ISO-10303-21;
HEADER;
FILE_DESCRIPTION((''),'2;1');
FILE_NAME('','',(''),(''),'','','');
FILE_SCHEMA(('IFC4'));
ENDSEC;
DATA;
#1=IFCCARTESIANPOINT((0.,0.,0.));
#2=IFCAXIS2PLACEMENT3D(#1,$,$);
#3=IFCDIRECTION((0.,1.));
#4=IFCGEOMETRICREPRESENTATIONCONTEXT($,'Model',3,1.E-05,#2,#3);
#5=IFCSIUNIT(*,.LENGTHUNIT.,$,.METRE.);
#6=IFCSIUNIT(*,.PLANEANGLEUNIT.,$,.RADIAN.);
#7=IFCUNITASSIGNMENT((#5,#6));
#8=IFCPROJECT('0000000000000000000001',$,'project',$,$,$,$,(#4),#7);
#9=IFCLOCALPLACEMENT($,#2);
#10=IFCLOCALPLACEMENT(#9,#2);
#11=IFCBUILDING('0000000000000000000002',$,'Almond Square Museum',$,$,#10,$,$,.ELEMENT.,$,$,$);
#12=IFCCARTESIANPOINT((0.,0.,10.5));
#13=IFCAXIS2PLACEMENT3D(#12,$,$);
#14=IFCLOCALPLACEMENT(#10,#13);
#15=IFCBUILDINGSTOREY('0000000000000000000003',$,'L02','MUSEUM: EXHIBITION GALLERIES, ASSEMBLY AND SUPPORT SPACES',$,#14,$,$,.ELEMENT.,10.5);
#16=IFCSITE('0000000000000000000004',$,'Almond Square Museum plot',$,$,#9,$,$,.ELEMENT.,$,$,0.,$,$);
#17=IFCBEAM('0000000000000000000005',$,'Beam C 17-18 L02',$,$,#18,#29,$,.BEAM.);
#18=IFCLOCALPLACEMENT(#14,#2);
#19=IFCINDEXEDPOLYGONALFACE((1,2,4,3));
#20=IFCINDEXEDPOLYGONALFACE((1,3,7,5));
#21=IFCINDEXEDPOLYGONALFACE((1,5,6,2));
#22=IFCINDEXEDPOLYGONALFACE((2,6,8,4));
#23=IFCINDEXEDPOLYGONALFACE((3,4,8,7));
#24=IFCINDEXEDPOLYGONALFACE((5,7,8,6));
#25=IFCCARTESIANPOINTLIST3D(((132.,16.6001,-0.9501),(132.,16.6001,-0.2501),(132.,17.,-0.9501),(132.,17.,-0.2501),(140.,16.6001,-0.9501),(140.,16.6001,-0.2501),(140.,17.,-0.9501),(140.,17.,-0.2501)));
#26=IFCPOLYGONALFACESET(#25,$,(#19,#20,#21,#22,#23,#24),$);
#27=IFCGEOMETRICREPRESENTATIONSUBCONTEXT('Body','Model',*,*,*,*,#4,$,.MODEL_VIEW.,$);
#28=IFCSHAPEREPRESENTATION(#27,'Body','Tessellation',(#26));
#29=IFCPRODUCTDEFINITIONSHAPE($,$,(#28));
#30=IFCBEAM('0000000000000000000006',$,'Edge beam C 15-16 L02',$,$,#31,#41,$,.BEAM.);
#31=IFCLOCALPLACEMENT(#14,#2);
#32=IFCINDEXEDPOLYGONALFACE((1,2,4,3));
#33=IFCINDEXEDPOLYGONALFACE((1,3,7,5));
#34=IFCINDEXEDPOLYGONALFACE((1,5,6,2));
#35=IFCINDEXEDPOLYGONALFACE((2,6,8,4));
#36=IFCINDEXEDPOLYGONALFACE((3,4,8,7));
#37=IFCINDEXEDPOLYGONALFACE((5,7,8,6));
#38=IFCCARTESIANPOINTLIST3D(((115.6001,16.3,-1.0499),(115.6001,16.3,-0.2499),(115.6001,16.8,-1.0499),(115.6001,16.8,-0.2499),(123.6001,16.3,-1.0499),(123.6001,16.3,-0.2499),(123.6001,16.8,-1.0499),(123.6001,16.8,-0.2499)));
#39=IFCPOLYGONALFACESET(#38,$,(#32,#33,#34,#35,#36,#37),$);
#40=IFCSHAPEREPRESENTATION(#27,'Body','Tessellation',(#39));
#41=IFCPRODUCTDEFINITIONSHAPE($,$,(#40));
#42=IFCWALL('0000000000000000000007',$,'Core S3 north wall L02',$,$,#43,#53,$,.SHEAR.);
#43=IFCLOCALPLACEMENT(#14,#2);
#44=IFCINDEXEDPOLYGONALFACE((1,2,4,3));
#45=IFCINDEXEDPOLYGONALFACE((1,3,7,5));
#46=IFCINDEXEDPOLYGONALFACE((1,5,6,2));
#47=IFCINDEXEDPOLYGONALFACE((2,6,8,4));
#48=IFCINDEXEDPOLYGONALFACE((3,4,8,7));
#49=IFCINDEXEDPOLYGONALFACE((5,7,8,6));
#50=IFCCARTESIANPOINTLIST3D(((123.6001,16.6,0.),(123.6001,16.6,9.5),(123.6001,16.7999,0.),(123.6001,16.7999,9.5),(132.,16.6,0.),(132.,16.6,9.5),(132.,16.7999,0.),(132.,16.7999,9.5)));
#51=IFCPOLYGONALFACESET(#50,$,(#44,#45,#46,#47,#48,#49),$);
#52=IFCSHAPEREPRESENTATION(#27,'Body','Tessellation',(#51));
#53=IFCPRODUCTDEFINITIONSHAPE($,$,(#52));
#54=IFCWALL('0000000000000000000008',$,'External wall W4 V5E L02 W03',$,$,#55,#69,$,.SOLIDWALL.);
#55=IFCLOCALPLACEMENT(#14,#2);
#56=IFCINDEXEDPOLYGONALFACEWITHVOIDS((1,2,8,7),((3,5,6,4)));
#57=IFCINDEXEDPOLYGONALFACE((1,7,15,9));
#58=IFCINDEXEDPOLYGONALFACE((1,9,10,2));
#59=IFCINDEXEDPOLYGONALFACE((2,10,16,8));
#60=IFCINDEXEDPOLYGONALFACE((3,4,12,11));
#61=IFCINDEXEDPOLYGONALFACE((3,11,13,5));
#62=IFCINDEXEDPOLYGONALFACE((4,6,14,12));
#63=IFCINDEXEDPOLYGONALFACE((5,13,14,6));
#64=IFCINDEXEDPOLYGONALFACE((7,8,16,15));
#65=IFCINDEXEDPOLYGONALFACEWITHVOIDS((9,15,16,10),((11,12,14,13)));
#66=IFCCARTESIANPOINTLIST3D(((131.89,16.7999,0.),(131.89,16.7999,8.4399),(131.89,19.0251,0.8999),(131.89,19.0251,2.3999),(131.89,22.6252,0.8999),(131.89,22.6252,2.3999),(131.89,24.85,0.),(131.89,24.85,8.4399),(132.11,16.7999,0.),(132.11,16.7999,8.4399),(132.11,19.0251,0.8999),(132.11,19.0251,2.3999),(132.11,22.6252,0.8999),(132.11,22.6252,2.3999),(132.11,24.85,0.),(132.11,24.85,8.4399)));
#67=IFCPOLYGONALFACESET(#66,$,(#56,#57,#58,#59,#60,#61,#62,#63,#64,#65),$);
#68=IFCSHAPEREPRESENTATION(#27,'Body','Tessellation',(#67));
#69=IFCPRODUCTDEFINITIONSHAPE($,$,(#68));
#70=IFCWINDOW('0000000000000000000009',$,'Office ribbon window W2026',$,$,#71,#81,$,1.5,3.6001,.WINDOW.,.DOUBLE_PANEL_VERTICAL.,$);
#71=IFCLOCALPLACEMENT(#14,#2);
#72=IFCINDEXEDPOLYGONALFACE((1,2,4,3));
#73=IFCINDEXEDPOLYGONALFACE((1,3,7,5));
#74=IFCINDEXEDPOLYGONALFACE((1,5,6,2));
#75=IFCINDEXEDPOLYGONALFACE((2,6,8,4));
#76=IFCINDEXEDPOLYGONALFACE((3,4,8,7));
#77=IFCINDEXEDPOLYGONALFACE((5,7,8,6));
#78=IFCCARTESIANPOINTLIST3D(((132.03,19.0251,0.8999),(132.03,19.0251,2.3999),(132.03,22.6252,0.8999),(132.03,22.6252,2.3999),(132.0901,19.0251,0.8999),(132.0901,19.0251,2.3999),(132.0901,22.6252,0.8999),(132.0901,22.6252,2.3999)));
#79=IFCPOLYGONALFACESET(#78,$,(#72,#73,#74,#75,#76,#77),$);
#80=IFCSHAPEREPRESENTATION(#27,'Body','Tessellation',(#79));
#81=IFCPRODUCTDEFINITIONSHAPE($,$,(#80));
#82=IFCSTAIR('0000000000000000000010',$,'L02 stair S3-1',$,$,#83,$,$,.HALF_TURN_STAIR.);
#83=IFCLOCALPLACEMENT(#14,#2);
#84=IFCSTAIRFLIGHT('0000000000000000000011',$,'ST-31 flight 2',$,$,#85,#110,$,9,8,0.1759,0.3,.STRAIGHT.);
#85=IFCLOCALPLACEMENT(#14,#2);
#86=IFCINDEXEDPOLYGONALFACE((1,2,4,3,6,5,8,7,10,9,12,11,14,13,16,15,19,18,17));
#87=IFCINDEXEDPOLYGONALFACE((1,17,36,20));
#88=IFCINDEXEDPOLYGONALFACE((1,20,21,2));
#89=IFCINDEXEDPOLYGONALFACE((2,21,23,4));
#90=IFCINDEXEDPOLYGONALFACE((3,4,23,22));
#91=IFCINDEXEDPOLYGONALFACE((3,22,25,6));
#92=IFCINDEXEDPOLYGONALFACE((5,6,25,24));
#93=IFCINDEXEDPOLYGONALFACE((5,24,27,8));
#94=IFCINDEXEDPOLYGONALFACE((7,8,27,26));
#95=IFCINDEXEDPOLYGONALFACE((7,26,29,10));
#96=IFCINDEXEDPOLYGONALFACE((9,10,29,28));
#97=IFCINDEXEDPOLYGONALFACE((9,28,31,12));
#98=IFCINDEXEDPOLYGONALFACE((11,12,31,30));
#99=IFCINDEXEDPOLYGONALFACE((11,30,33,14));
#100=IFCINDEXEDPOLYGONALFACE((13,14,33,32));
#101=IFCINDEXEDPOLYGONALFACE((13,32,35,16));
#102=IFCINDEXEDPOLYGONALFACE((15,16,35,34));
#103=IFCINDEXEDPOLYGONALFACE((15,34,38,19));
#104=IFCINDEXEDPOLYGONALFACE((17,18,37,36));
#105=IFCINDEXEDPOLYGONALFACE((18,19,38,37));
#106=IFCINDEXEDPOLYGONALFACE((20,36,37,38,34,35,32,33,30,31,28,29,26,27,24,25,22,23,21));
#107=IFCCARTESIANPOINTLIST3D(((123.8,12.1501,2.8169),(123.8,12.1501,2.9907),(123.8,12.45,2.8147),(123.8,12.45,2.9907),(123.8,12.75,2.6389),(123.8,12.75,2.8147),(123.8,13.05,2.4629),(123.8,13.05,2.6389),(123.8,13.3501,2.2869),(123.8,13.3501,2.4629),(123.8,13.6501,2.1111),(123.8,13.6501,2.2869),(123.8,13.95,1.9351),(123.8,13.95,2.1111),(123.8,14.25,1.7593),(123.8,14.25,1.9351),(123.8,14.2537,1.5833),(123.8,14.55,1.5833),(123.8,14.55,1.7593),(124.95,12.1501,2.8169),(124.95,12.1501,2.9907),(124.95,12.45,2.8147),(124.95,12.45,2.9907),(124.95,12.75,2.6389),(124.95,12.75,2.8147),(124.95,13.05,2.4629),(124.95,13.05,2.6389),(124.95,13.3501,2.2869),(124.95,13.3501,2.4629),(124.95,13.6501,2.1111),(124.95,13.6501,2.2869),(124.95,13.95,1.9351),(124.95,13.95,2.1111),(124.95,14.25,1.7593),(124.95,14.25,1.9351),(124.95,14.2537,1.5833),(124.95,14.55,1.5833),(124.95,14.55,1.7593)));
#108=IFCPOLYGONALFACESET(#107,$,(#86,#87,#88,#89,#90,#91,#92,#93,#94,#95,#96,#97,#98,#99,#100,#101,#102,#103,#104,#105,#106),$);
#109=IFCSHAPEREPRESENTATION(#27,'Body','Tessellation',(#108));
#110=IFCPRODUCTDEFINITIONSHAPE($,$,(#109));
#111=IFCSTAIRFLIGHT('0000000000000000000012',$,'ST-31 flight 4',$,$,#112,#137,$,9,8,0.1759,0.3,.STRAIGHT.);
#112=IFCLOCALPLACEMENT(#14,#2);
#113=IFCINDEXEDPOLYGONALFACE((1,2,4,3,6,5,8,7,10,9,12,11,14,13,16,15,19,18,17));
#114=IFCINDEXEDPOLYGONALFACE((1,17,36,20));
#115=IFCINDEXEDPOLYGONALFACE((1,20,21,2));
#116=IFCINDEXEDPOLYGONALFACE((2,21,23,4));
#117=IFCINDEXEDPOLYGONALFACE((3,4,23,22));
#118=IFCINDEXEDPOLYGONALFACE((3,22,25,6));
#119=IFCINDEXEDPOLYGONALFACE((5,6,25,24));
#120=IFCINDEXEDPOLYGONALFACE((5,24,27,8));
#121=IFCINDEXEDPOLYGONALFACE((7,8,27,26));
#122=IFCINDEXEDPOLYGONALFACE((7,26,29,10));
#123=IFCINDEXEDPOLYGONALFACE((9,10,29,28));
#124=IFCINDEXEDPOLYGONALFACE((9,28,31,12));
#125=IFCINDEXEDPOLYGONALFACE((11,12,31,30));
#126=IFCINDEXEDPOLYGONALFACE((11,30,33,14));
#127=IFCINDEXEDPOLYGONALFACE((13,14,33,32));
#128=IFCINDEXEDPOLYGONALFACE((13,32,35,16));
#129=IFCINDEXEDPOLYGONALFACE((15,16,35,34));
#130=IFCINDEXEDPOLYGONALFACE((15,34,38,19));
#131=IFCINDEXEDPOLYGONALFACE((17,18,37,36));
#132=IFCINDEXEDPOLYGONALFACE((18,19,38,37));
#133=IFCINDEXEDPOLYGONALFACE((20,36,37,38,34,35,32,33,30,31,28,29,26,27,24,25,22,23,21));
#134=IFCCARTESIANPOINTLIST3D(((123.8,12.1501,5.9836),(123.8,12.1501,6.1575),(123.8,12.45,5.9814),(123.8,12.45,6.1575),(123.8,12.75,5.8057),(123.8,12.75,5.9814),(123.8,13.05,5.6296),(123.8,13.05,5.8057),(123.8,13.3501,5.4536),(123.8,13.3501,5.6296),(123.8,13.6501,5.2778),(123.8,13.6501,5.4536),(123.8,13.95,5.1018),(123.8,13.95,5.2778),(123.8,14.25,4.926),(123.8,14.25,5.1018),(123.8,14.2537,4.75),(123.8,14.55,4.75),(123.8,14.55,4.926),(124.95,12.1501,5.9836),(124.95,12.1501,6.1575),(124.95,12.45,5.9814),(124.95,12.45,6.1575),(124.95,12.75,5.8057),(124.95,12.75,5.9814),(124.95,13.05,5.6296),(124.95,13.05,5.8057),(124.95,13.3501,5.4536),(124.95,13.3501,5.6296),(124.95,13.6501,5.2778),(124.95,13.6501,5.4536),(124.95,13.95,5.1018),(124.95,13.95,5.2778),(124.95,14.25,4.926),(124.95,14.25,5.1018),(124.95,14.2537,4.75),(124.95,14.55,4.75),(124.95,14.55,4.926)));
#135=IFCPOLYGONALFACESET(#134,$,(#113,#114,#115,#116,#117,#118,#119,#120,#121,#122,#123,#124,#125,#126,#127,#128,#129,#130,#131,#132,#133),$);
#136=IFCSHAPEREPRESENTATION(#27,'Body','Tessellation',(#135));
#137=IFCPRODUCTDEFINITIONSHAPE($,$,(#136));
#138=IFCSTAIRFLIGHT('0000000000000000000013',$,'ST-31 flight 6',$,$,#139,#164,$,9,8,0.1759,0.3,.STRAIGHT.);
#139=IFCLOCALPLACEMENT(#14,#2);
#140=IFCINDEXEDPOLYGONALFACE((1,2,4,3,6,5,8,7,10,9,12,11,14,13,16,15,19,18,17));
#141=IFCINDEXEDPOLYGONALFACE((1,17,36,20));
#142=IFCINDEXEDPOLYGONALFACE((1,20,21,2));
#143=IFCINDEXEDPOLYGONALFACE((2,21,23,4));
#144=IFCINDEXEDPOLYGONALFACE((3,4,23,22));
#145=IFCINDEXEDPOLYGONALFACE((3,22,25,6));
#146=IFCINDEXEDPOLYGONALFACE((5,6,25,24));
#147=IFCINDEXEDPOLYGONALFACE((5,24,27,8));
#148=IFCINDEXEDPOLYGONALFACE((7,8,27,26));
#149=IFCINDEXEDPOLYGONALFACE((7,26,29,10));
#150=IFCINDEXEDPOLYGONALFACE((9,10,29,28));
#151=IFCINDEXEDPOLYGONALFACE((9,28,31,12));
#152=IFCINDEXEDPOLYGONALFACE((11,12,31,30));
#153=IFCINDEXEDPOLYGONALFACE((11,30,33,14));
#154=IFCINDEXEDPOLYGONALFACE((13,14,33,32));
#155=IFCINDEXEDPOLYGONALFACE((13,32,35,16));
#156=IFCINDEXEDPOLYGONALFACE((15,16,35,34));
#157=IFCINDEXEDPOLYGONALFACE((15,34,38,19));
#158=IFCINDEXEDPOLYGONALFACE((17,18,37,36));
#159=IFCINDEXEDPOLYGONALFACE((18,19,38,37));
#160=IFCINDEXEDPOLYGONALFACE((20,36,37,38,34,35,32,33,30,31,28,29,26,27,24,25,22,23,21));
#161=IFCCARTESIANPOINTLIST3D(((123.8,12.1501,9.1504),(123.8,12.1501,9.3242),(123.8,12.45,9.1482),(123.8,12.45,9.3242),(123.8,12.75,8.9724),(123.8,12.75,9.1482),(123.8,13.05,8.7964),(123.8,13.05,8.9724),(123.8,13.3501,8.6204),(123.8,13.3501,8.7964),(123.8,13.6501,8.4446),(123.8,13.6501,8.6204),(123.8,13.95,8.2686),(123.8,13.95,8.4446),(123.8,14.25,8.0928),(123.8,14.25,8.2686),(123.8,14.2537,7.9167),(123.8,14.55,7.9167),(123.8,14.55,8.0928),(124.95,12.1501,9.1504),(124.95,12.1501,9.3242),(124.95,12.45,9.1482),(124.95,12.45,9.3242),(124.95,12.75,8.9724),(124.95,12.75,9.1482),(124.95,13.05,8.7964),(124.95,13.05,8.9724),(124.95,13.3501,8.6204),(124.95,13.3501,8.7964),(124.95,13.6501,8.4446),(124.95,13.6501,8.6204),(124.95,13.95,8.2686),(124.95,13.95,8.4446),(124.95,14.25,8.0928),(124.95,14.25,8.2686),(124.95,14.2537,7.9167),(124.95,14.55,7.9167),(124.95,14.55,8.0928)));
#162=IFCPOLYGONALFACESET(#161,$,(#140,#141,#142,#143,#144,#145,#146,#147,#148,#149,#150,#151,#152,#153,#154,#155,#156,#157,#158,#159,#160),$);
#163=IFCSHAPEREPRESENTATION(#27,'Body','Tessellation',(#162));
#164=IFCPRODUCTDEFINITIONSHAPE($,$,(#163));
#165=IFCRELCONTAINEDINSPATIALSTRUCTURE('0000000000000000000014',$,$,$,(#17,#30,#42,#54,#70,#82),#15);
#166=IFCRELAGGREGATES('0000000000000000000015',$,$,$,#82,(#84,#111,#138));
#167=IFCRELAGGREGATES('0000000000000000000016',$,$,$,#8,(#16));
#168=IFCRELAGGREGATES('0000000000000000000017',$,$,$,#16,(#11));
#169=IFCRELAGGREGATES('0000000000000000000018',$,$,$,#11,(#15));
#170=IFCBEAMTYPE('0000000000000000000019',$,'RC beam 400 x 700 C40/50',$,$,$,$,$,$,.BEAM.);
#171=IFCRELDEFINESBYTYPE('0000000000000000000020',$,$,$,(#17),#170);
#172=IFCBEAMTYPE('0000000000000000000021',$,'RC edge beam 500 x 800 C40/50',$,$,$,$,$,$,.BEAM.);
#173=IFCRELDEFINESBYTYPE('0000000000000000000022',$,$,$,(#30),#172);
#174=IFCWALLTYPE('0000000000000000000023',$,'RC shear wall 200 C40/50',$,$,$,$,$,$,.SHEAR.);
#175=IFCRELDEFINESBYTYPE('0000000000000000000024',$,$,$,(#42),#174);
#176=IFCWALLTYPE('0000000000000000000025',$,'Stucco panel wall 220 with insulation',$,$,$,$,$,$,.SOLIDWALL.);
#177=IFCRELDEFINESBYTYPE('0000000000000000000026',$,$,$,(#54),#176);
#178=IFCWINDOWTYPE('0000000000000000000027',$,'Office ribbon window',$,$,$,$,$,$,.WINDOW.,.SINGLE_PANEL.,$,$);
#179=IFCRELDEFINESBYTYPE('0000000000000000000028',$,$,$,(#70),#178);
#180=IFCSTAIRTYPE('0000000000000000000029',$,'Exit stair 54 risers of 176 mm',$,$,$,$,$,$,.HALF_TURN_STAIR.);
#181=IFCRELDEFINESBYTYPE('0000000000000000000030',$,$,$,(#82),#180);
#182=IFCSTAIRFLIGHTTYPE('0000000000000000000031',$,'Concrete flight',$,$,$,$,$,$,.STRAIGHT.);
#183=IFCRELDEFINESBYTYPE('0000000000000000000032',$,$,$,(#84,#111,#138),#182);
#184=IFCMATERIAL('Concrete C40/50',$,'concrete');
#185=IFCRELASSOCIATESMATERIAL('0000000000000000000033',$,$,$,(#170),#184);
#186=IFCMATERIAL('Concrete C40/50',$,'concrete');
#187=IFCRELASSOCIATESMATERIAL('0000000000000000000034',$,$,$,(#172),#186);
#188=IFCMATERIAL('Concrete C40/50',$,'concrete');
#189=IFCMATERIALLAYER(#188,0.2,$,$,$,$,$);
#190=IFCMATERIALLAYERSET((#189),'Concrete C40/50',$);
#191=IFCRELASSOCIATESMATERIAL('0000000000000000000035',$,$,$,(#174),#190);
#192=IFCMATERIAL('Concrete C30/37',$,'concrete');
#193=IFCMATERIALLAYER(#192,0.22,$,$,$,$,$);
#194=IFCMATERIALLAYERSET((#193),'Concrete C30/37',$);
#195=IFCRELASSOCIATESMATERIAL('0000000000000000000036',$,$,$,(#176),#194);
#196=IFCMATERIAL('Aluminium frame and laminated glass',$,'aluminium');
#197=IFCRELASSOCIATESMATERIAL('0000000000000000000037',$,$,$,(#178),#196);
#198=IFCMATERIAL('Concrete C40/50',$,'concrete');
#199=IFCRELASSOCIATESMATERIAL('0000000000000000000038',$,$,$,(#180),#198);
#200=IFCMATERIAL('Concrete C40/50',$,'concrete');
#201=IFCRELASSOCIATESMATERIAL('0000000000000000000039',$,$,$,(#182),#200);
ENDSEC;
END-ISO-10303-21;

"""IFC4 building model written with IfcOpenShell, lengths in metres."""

from ifc_helpers import new_model, si_unit, direction, frame, frame_2d, origin, origin_2d, place, context, subcontext, project, spatial, polyline, rectangle, outline, extrude, material, layer, layer_set, material_profile, profile_set, type_object, element, fill, aggregate, save


model = new_model("IFC4")

# Units and contexts
model_context = context("Model", 3, precision=1e-05, world=origin(), true_north=direction((0.0, 1.0)))
body_context = subcontext(model_context, "Body", "Model", "MODEL_VIEW")
ifc_project = project(units=[si_unit("LENGTHUNIT", "METRE"), si_unit("PLANEANGLEUNIT", "RADIAN")], contexts=[model_context])

# Site, building, storey
site_placement = place(None, origin())
site = spatial("IfcSite", under=ifc_project, at=site_placement, Name="Almond Square Museum plot", CompositionType="ELEMENT", RefElevation=0.0)
building_placement = place(site_placement, origin())
building = spatial("IfcBuilding", under=site, at=building_placement, Name="Almond Square Museum", CompositionType="ELEMENT")
storey_placement = place(building_placement, frame((0.0, 0.0, 10.5)))
storey = spatial("IfcBuildingStorey", under=building, at=storey_placement, Name="L02", Description="MUSEUM: EXHIBITION GALLERIES, ASSEMBLY AND SUPPORT SPACES", CompositionType="ELEMENT", Elevation=10.5)

# Beams
ifc_material_1 = material(Name="Concrete C40/50", Category="concrete")
ifc_material_profile_1 = material_profile(ifc_material_1, rectangle(XDim=0.3999, YDim=0.7, at=origin_2d()))
ifc_profile_set_1 = profile_set([ifc_material_profile_1], Name="Concrete C40/50")
beam_type_1 = type_object("IfcBeamType", Name="RC beam 400 x 700 C40/50", PredefinedType="BEAM", material=ifc_profile_set_1)
beam_1_placement = place(storey_placement, frame((132.0, 16.8, -0.6001), z_axis=(1.0, 0.0, 0.0), x_axis=(0.0, 1.0, 0.0)))
element("IfcBeam", 1, at=beam_1_placement, inside=storey, type_object=beam_type_1, Name="Beam C 17-18 L02", PredefinedType="BEAM", context=body_context, shape_type="SweptSolid", body=[
    extrude(rectangle(XDim=0.3999, YDim=0.7, at=origin_2d()), origin(), (0.0, 0.0, 1.0), 8.0),
])
ifc_material_2 = material(Name="Concrete C40/50", Category="concrete")
ifc_material_profile_2 = material_profile(ifc_material_2, rectangle(XDim=0.5, YDim=0.8, at=origin_2d()))
ifc_profile_set_2 = profile_set([ifc_material_profile_2], Name="Concrete C40/50")
beam_type_2 = type_object("IfcBeamType", Name="RC edge beam 500 x 800 C40/50", PredefinedType="BEAM", material=ifc_profile_set_2)
beam_2_placement = place(storey_placement, frame((115.6001, 16.55, -0.6499), z_axis=(1.0, 0.0, 0.0), x_axis=(0.0, 1.0, 0.0)))
element("IfcBeam", 2, at=beam_2_placement, inside=storey, type_object=beam_type_2, Name="Edge beam C 15-16 L02", PredefinedType="BEAM", context=body_context, shape_type="SweptSolid", body=[
    extrude(rectangle(XDim=0.5, YDim=0.8, at=origin_2d()), origin(), (0.0, 0.0, 1.0), 8.0),
])

# Wall
ifc_material_3 = material(Name="Concrete C40/50", Category="concrete")
ifc_layer_1 = layer(ifc_material_3, 0.2)
ifc_layer_set_1 = layer_set([ifc_layer_1], Name="Concrete C40/50")
wall_type_1 = type_object("IfcWallType", Name="RC shear wall 200 C40/50", PredefinedType="SHEAR", material=ifc_layer_set_1)
wall_1_placement = place(storey_placement, frame((123.6001, 16.7, 0.0), z_axis=(0.0, 0.0, 1.0), x_axis=(1.0, 0.0, 0.0)))
element("IfcWall", 3, at=wall_1_placement, inside=storey, type_object=wall_type_1, Name="Core S3 north wall L02", PredefinedType="SHEAR", context=body_context, shape_type="SweptSolid", body=[
    extrude(rectangle(XDim=8.3999, YDim=0.2, at=frame_2d((4.2, 0.0))), origin(), (0.0, 0.0, 1.0), 9.5),
])

# Wall, opening, window
ifc_material_4 = material(Name="Concrete C30/37", Category="concrete")
ifc_layer_2 = layer(ifc_material_4, 0.22)
ifc_layer_set_2 = layer_set([ifc_layer_2], Name="Concrete C30/37")
wall_type_2 = type_object("IfcWallType", Name="Stucco panel wall 220 with insulation", PredefinedType="SOLIDWALL", material=ifc_layer_set_2)
wall_2_placement = place(storey_placement, frame((132.0, 16.8, 0.0), z_axis=(0.0, 0.0, 1.0), x_axis=(0.0, 1.0, 0.0)))
wall_2 = element("IfcWall", 4, at=wall_2_placement, inside=storey, type_object=wall_type_2, Name="External wall W4 V5E L02 W03", PredefinedType="SOLIDWALL", context=body_context, shape_type="SweptSolid", body=[
    extrude(rectangle(XDim=8.05, YDim=0.22, at=frame_2d((4.0249, 0.0))), origin(), (0.0, 0.0, 1.0), 8.4399),
])
opening_placement = place(wall_2_placement, frame((2.2251, 0.0, 0.8999)))
opening = element("IfcOpeningElement", 5, at=opening_placement, cuts=wall_2, PredefinedType="OPENING", context=body_context, shape_type="SweptSolid", body=[
    extrude(rectangle(XDim=3.6001, YDim=1.5, at=frame_2d((1.8, 0.75))), frame((0.0, 0.1199, 0.0), z_axis=(0.0, -1.0, 0.0), x_axis=(1.0, 0.0, 0.0)), (0.0, 0.0, 1.0), 0.24),
])
ifc_material_5 = material(Name="Aluminium frame and laminated glass", Category="aluminium")
window_type = type_object("IfcWindowType", Name="Office ribbon window", PartitioningType="SINGLE_PANEL", PredefinedType="WINDOW", material=ifc_material_5)
window_placement = place(opening_placement, origin())
window = element("IfcWindow", 6, at=window_placement, inside=storey, type_object=window_type, Name="Office ribbon window W2026", OverallHeight=1.5, OverallWidth=3.6001, PartitioningType="DOUBLE_PANEL_VERTICAL", PredefinedType="WINDOW", context=body_context, shape_type="SweptSolid", body=[
    extrude(rectangle(XDim=3.6001, YDim=1.5, at=frame_2d((1.8, 0.75))), frame((0.0, -0.03, 0.0), z_axis=(0.0, -1.0, 0.0), x_axis=(1.0, 0.0, 0.0)), (0.0, 0.0, 1.0), 0.0601),
])
fill(opening, window)

# Stair, stair flights
ifc_material_6 = material(Name="Concrete C40/50", Category="concrete")
stair_type = type_object("IfcStairType", Name="Exit stair 54 risers of 176 mm", PredefinedType="HALF_TURN_STAIR", material=ifc_material_6)
stair_1_placement = place(storey_placement, origin())
stair_1 = element("IfcStair", 7, at=stair_1_placement, inside=storey, type_object=stair_type, Name="L02 stair S3-1", PredefinedType="HALF_TURN_STAIR")
ifc_material_7 = material(Name="Concrete C40/50", Category="concrete")
stair_flight_type = type_object("IfcStairFlightType", Name="Concrete flight", PredefinedType="STRAIGHT", material=ifc_material_7)
stair_flight_1_placement = place(storey_placement, frame((124.375, 14.55, 1.5833), z_axis=(0.0, 0.0, 1.0), x_axis=(0.0, -1.0, 0.0)))
stair_flight_1 = element("IfcStairFlight", 8, at=stair_flight_1_placement, type_object=stair_flight_type, Name="ST-31 flight 2", NumberOfRisers=9, NumberOfTreads=8, PredefinedType="STRAIGHT", RiserHeight=0.1759, TreadLength=0.3, context=body_context, shape_type="SweptSolid", body=[
    extrude(outline(polyline([(0.0, 0.0), (0.0, 0.176), (0.3, 0.176), (0.3, 0.3518), (0.6001, 0.3518), (0.6001, 0.5278), (0.8999, 0.5278), (0.8999, 0.7036), (1.2, 0.7036), (1.2, 0.8796), (1.5, 0.8796), (1.5, 1.0557), (1.8, 1.0557), (1.8, 1.2314), (2.1001, 1.2314), (2.1001, 1.4075), (2.3999, 1.4075), (2.3999, 1.5833), (2.3999, 1.2336), (0.2964, 0.0), (0.0, 0.0)])), frame((0.0, 0.575, 0.0), z_axis=(0.0, -1.0, 0.0), x_axis=(1.0, 0.0, 0.0)), (0.0, 0.0, 1.0), 1.1499),
])
stair_flight_2_placement = place(storey_placement, frame((124.375, 14.55, 4.75), z_axis=(0.0, 0.0, 1.0), x_axis=(0.0, -1.0, 0.0)))
stair_flight_2 = element("IfcStairFlight", 9, at=stair_flight_2_placement, type_object=stair_flight_type, Name="ST-31 flight 4", NumberOfRisers=9, NumberOfTreads=8, PredefinedType="STRAIGHT", RiserHeight=0.1759, TreadLength=0.3, context=body_context, shape_type="SweptSolid", body=[
    extrude(outline(polyline([(0.0, 0.0), (0.0, 0.176), (0.3, 0.176), (0.3, 0.3518), (0.6001, 0.3518), (0.6001, 0.5278), (0.8999, 0.5278), (0.8999, 0.7036), (1.2, 0.7036), (1.2, 0.8796), (1.5, 0.8796), (1.5, 1.0557), (1.8, 1.0557), (1.8, 1.2314), (2.1001, 1.2314), (2.1001, 1.4075), (2.3999, 1.4075), (2.3999, 1.5833), (2.3999, 1.2336), (0.2964, 0.0), (0.0, 0.0)])), frame((0.0, 0.575, 0.0), z_axis=(0.0, -1.0, 0.0), x_axis=(1.0, 0.0, 0.0)), (0.0, 0.0, 1.0), 1.1499),
])
stair_flight_3_placement = place(storey_placement, frame((124.375, 14.55, 7.9167), z_axis=(0.0, 0.0, 1.0), x_axis=(0.0, -1.0, 0.0)))
stair_flight_3 = element("IfcStairFlight", 10, at=stair_flight_3_placement, type_object=stair_flight_type, Name="ST-31 flight 6", NumberOfRisers=9, NumberOfTreads=8, PredefinedType="STRAIGHT", RiserHeight=0.1759, TreadLength=0.3, context=body_context, shape_type="SweptSolid", body=[
    extrude(outline(polyline([(0.0, 0.0), (0.0, 0.176), (0.3, 0.176), (0.3, 0.3518), (0.6001, 0.3518), (0.6001, 0.5278), (0.8999, 0.5278), (0.8999, 0.7036), (1.2, 0.7036), (1.2, 0.8796), (1.5, 0.8796), (1.5, 1.0557), (1.8, 1.0557), (1.8, 1.2314), (2.1001, 1.2314), (2.1001, 1.4075), (2.3999, 1.4075), (2.3999, 1.5833), (2.3999, 1.2336), (0.2964, 0.0), (0.0, 0.0)])), frame((0.0, 0.575, 0.0), z_axis=(0.0, -1.0, 0.0), x_axis=(1.0, 0.0, 0.0)), (0.0, 0.0, 1.0), 1.1499),
])
aggregate(stair_1, [stair_flight_1, stair_flight_2, stair_flight_3])

save(model, "model.ifc")
